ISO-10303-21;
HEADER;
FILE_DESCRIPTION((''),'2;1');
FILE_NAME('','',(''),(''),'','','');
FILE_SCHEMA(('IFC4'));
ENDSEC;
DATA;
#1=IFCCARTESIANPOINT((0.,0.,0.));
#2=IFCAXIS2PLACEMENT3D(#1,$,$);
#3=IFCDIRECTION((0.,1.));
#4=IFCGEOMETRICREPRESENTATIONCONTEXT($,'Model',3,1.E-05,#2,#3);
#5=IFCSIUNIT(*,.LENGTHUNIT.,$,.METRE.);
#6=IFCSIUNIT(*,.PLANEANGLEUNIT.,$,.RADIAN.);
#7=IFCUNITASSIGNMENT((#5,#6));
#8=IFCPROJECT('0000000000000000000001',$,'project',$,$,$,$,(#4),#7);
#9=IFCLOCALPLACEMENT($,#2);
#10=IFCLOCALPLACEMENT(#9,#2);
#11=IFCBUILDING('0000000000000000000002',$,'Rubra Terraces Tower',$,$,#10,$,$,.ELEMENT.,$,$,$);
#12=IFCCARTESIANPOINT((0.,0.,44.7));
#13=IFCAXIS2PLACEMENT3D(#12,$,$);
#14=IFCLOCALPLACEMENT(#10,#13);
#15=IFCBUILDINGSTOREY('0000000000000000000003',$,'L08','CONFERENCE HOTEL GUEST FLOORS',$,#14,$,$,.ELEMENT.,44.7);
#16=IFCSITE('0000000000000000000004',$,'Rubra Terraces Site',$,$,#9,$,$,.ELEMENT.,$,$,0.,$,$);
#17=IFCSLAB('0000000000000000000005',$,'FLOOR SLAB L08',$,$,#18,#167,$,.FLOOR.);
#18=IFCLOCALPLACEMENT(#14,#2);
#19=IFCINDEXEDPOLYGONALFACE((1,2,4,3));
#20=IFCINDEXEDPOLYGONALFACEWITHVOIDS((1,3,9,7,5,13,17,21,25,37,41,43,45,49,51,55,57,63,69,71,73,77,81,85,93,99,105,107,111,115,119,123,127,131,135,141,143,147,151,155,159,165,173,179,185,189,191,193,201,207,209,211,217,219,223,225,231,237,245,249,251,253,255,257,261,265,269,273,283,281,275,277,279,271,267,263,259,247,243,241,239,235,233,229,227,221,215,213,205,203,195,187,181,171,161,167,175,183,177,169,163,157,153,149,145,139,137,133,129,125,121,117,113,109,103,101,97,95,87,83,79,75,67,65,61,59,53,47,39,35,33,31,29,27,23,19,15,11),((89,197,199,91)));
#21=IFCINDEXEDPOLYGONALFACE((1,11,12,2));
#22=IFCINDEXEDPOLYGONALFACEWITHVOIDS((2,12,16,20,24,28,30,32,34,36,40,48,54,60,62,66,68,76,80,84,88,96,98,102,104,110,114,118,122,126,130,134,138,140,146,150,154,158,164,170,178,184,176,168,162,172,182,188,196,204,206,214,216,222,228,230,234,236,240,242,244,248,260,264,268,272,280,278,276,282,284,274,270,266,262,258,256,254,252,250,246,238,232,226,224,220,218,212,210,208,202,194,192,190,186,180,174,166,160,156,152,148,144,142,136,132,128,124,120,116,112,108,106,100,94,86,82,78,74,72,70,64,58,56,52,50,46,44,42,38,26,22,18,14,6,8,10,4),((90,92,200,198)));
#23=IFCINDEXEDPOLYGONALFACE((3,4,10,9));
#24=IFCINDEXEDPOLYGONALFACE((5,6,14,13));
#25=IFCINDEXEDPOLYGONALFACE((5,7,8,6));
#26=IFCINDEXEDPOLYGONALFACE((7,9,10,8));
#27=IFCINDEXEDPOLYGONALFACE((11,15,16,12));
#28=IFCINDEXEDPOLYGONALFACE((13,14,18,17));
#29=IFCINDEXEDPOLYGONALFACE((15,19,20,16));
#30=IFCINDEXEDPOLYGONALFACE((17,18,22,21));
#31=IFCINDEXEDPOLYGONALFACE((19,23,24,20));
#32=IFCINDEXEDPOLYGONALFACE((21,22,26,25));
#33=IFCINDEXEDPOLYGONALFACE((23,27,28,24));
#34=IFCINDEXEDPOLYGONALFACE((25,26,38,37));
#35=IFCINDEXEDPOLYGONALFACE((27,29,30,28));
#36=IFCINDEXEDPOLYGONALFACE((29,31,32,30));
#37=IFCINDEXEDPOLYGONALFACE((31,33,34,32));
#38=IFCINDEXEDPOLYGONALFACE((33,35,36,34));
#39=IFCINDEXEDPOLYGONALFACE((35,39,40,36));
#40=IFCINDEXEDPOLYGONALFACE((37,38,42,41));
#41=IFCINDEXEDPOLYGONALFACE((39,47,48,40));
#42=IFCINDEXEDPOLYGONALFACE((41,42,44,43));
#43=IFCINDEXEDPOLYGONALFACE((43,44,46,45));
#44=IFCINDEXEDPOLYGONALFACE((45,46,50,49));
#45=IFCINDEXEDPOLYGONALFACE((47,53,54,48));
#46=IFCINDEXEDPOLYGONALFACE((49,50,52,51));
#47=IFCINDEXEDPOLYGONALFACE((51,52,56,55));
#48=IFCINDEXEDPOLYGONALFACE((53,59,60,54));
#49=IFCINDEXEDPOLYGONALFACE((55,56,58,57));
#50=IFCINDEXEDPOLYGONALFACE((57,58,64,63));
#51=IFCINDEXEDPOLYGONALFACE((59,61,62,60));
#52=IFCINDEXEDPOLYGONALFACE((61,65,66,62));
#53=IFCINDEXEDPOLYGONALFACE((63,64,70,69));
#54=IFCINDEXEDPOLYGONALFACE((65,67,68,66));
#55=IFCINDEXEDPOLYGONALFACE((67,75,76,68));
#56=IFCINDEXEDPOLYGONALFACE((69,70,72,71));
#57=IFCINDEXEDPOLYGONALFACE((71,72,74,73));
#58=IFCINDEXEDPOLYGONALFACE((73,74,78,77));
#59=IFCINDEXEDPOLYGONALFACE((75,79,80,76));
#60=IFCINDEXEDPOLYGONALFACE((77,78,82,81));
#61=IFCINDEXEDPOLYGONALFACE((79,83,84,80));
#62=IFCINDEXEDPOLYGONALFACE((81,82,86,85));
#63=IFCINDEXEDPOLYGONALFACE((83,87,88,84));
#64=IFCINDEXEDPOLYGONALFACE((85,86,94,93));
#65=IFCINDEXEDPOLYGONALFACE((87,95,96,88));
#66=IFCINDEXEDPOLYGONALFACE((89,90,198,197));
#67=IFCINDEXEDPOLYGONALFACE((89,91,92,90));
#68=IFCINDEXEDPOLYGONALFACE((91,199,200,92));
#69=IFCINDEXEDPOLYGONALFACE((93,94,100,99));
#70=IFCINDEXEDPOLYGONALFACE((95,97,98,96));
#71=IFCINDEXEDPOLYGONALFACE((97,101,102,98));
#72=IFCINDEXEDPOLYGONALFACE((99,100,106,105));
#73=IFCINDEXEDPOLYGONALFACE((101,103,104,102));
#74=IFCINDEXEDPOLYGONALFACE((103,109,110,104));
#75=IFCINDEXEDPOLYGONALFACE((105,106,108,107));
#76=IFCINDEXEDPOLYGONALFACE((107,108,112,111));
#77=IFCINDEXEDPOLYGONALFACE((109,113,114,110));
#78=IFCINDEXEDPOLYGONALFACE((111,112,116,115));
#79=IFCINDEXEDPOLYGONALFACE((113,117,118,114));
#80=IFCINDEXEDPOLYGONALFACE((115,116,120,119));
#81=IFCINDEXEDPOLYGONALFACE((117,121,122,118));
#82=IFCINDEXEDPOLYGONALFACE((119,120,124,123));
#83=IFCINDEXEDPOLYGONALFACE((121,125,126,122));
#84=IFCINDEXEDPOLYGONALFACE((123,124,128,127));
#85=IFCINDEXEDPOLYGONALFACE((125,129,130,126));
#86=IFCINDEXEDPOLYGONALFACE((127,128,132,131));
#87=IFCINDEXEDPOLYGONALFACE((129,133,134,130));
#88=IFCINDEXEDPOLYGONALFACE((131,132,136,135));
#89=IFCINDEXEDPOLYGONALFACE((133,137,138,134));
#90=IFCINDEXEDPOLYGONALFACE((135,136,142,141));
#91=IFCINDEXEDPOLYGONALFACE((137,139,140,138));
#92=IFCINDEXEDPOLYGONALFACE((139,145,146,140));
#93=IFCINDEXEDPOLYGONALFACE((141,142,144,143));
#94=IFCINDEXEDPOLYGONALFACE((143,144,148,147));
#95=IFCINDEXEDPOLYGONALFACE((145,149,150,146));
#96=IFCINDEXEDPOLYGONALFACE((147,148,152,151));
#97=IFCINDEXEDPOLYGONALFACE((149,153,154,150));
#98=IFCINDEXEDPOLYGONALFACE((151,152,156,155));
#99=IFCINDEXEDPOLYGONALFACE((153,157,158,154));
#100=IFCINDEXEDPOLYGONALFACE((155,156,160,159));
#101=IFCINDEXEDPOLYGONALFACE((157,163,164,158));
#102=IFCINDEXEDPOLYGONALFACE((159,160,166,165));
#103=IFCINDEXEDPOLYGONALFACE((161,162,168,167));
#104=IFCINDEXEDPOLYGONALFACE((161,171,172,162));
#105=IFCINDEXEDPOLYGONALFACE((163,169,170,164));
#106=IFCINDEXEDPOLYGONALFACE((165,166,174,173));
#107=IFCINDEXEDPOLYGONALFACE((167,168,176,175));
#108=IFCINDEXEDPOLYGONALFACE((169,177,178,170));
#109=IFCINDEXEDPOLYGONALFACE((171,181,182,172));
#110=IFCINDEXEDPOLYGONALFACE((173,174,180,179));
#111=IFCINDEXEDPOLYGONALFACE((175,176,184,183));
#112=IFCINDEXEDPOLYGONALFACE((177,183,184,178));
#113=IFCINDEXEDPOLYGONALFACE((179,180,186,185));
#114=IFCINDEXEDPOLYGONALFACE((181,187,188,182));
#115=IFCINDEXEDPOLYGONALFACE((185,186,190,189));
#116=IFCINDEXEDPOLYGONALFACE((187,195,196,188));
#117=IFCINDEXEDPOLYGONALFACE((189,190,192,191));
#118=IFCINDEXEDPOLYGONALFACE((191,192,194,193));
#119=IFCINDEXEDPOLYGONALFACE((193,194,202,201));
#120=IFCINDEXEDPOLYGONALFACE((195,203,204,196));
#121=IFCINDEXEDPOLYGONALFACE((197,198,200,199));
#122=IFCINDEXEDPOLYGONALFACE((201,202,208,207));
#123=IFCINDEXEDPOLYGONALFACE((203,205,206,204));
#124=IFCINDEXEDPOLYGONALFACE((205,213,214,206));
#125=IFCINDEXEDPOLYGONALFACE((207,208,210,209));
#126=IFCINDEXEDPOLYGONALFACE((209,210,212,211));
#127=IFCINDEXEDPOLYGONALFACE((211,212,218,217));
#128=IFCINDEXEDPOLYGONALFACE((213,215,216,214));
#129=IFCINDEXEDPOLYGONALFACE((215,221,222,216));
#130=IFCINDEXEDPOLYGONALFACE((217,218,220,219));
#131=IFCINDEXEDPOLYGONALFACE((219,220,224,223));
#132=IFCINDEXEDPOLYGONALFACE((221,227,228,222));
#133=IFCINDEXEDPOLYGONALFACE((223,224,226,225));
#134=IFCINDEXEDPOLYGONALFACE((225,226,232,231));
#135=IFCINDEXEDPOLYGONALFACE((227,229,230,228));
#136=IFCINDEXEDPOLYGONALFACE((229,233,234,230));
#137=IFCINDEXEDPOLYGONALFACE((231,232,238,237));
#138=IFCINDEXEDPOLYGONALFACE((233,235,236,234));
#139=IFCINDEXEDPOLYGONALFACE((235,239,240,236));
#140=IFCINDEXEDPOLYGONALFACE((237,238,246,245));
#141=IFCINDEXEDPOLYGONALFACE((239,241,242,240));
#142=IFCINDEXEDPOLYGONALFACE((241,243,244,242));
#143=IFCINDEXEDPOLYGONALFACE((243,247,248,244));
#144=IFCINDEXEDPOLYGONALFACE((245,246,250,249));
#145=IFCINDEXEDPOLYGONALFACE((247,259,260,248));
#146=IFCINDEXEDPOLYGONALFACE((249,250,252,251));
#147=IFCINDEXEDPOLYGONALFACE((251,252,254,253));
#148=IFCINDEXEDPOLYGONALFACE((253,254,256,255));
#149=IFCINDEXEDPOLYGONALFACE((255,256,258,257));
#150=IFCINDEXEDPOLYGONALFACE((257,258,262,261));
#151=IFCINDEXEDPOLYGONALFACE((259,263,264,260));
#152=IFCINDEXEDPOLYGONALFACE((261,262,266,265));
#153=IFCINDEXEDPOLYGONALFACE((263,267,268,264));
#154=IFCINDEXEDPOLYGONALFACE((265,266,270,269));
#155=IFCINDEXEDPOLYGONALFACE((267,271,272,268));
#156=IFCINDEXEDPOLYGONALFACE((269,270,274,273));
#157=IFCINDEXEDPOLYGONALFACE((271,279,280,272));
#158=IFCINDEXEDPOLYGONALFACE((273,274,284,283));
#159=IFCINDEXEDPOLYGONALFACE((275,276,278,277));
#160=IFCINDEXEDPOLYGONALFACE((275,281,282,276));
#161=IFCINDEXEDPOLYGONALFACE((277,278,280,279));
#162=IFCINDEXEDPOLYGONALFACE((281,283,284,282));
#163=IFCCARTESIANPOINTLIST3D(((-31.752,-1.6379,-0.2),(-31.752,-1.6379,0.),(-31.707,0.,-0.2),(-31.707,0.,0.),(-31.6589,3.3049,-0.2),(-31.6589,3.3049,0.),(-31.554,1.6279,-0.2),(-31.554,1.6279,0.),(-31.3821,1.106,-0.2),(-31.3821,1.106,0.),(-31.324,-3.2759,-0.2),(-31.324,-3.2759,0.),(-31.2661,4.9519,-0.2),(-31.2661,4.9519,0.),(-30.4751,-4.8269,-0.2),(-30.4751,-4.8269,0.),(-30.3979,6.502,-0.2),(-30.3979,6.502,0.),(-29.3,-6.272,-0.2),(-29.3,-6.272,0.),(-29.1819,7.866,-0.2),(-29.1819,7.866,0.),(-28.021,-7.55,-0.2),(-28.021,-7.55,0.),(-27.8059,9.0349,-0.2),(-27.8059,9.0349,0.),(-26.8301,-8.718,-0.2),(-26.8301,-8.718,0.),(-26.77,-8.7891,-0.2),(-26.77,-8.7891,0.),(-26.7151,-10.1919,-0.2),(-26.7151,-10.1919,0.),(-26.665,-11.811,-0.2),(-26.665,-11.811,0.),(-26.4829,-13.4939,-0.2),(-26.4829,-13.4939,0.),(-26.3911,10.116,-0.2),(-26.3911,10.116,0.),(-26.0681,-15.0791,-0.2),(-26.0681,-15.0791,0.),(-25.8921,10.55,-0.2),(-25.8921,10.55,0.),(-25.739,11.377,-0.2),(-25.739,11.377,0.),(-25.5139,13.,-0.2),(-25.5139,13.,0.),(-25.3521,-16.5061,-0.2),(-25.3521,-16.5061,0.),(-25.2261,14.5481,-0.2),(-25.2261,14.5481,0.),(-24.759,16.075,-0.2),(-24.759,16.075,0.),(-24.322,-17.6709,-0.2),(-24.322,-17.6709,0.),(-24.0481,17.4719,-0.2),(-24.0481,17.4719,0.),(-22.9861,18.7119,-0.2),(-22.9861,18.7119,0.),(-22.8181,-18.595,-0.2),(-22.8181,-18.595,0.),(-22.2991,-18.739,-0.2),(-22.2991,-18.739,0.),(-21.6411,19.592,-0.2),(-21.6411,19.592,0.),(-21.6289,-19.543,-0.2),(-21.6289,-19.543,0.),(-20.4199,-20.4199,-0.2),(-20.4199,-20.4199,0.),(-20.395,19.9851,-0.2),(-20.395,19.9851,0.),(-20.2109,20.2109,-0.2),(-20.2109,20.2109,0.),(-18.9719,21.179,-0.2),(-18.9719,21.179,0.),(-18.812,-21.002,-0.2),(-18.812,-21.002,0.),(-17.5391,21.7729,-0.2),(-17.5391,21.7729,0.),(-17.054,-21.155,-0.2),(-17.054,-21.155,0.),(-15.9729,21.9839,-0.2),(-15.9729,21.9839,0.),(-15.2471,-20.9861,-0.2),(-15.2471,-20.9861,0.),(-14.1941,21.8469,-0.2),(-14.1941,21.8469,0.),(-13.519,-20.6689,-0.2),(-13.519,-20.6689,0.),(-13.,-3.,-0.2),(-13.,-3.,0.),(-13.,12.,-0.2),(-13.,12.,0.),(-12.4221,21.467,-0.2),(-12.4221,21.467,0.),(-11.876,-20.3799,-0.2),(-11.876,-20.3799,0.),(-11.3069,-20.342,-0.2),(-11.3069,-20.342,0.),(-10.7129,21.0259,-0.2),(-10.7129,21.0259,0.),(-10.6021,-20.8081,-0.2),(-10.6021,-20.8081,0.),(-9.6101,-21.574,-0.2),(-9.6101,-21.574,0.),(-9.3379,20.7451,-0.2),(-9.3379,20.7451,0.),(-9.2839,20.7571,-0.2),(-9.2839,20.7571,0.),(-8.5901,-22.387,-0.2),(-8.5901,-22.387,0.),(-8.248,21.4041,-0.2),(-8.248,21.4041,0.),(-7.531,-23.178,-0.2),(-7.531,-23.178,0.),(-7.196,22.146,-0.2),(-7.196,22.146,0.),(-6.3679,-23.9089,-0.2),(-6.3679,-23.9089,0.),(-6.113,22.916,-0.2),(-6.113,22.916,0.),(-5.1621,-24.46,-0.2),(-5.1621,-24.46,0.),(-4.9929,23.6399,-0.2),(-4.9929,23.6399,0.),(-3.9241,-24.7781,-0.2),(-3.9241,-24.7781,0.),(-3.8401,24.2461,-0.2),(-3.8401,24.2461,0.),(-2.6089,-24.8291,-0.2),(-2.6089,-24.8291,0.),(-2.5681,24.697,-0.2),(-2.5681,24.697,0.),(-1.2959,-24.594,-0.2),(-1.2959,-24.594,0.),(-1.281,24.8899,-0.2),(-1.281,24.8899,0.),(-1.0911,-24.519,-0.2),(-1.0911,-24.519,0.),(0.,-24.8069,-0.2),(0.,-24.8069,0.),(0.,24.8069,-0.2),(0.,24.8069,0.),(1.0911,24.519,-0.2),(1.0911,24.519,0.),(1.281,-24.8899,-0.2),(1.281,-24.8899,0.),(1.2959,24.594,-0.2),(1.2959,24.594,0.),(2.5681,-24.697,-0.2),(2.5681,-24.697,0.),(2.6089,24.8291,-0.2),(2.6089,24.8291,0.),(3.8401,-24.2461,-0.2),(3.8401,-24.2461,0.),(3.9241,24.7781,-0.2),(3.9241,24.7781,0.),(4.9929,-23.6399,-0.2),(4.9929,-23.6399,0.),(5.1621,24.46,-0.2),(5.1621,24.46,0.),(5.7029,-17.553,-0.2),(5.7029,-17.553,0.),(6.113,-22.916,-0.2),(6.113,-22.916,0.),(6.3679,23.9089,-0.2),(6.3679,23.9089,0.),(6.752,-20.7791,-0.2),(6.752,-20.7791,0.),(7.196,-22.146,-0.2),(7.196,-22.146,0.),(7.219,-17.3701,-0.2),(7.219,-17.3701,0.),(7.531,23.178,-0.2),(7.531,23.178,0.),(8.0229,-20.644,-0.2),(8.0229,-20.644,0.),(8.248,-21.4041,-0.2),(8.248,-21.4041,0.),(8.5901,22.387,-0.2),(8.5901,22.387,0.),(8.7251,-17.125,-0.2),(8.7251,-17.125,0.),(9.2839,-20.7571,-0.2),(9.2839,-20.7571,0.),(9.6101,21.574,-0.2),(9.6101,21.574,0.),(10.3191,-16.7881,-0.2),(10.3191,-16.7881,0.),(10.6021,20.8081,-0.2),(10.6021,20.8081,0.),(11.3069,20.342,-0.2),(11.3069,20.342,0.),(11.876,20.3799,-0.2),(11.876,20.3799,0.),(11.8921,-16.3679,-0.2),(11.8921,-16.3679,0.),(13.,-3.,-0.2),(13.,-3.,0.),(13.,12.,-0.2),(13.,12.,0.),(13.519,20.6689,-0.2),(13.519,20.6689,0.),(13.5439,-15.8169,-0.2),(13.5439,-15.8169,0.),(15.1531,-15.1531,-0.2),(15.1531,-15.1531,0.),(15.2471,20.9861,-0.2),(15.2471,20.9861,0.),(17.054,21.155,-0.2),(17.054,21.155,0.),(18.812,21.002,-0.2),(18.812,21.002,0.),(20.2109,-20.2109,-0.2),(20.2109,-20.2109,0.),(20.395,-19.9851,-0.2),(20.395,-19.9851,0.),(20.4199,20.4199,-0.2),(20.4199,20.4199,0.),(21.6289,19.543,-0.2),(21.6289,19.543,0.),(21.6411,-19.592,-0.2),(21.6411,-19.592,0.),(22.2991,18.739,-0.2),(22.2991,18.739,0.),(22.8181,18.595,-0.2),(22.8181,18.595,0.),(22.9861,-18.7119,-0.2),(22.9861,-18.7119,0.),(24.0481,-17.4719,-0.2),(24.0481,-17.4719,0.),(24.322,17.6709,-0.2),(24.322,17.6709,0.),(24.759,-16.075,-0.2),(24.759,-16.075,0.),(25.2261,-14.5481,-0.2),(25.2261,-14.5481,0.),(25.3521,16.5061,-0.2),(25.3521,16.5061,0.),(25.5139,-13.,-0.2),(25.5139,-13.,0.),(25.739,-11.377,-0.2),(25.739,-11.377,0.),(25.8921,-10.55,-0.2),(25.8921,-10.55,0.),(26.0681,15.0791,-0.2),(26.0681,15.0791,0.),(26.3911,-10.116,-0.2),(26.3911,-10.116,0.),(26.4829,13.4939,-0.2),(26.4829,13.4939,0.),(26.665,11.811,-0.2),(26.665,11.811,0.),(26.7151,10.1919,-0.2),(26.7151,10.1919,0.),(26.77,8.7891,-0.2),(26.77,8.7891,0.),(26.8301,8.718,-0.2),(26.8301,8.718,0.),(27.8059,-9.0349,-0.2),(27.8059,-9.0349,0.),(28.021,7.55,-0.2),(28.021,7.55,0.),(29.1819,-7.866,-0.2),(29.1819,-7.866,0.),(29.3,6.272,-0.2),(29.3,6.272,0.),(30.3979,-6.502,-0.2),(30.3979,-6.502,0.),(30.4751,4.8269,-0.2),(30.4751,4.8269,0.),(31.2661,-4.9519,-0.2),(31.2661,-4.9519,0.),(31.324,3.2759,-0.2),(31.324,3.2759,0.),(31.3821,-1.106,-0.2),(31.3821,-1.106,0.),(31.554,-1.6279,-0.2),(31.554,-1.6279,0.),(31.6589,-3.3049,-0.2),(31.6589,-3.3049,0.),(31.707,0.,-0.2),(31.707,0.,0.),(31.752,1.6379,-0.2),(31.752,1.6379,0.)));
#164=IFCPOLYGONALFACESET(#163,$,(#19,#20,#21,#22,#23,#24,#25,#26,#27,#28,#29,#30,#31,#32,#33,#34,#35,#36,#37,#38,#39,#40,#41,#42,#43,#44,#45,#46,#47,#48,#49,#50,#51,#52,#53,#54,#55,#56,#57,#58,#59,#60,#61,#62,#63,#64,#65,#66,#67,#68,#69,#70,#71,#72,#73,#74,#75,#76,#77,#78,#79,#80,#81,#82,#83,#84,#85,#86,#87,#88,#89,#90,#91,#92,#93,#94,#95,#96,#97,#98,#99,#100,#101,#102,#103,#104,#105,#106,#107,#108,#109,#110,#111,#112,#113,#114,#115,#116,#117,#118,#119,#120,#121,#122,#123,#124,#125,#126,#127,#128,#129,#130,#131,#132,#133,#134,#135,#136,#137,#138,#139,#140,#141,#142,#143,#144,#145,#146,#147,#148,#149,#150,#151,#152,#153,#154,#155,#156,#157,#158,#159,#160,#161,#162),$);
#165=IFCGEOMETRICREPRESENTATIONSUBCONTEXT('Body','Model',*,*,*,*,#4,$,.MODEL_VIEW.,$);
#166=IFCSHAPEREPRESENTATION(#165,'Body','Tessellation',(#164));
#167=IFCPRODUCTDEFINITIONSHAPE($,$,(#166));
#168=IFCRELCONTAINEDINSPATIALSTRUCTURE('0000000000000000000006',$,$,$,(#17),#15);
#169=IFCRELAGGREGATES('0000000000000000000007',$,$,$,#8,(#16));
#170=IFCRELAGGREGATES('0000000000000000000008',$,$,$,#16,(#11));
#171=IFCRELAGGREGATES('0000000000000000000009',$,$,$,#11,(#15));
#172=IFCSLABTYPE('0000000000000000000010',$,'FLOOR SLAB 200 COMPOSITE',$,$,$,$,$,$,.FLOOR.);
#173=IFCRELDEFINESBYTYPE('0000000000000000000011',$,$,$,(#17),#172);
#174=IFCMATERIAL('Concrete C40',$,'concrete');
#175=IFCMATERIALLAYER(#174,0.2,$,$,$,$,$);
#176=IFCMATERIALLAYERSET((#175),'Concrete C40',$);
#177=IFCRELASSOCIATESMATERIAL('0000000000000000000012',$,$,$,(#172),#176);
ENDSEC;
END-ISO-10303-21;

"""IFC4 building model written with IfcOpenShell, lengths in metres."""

from ifc_helpers import new_model, si_unit, direction, frame, origin, place, context, subcontext, project, spatial, polyline, outline, extrude, material, layer, layer_set, type_object, element, save


model = new_model("IFC4")

# Units and contexts
model_context = context("Model", 3, precision=1e-05, world=origin(), true_north=direction((0.0, 1.0)))
body_context = subcontext(model_context, "Body", "Model", "MODEL_VIEW")
ifc_project = project(units=[si_unit("LENGTHUNIT", "METRE"), si_unit("PLANEANGLEUNIT", "RADIAN")], contexts=[model_context])

# Site, building, storey
site_placement = place(None, origin())
site = spatial("IfcSite", under=ifc_project, at=site_placement, Name="Rubra Terraces Site", CompositionType="ELEMENT", RefElevation=0.0)
building_placement = place(site_placement, origin())
building = spatial("IfcBuilding", under=site, at=building_placement, Name="Rubra Terraces Tower", CompositionType="ELEMENT")
storey_placement = place(building_placement, frame((0.0, 0.0, 44.7)))
storey = spatial("IfcBuildingStorey", under=building, at=storey_placement, Name="L08", Description="CONFERENCE HOTEL GUEST FLOORS", CompositionType="ELEMENT", Elevation=44.7)

# Slab
ifc_material_1 = material(Name="Concrete C40", Category="concrete")
ifc_layer_1 = layer(ifc_material_1, 0.2)
ifc_layer_set_1 = layer_set([ifc_layer_1], Name="Concrete C40")
slab_type_1 = type_object("IfcSlabType", Name="FLOOR SLAB 200 COMPOSITE", PredefinedType="FLOOR", material=ifc_layer_set_1)
slab_1_placement = place(storey_placement, frame((0.0, 0.0, -0.2)))
element("IfcSlab", 1, at=slab_1_placement, inside=storey, type_object=slab_type_1, Name="FLOOR SLAB L08", PredefinedType="FLOOR", context=body_context, shape_type="SweptSolid", body=[
    extrude(outline(polyline([(6.113, -22.916), (7.196, -22.146), (8.248, -21.4041), (9.2839, -20.7571), (8.0229, -20.644), (6.752, -20.7791), (5.7029, -17.553), (7.219, -17.3701), (8.7251, -17.125), (10.3191, -16.7881), (11.8921, -16.3679), (13.5439, -15.8169), (15.1531, -15.1531), (20.2109, -20.2109), (20.395, -19.9851), (21.6411, -19.592), (22.9861, -18.7119), (24.0481, -17.4719), (24.759, -16.075), (25.2261, -14.5481), (25.5139, -13.0), (25.739, -11.377), (25.8921, -10.55), (26.3911, -10.116), (27.8059, -9.0349), (29.1819, -7.866), (30.3979, -6.502), (31.2661, -4.9519), (31.6589, -3.3049), (31.554, -1.6279), (31.3821, -1.106), (31.707, 0.0), (31.752, 1.6379), (31.324, 3.2759), (30.4751, 4.8269), (29.3, 6.272), (28.021, 7.55), (26.8301, 8.718), (26.77, 8.7891), (26.7151, 10.1919), (26.665, 11.811), (26.4829, 13.4939), (26.0681, 15.0791), (25.3521, 16.5061), (24.322, 17.6709), (22.8181, 18.595), (22.2991, 18.739), (21.6289, 19.543), (20.4199, 20.4199), (18.812, 21.002), (17.054, 21.155), (15.2471, 20.9861), (13.519, 20.6689), (11.876, 20.3799), (11.3069, 20.342), (10.6021, 20.8081), (9.6101, 21.574), (8.5901, 22.387), (7.531, 23.178), (6.3679, 23.9089), (5.1621, 24.46), (3.9241, 24.7781), (2.6089, 24.8291), (1.2959, 24.594), (1.0911, 24.519), (0.0, 24.8069), (-1.281, 24.8899), (-2.5681, 24.697), (-3.8401, 24.2461), (-4.9929, 23.6399), (-6.113, 22.916), (-7.196, 22.146), (-8.248, 21.4041), (-9.2839, 20.7571), (-9.3379, 20.7451), (-10.7129, 21.0259), (-12.4221, 21.467), (-14.1941, 21.8469), (-15.9729, 21.9839), (-17.5391, 21.7729), (-18.9719, 21.179), (-20.2109, 20.2109), (-20.395, 19.9851), (-21.6411, 19.592), (-22.9861, 18.7119), (-24.0481, 17.4719), (-24.759, 16.075), (-25.2261, 14.5481), (-25.5139, 13.0), (-25.739, 11.377), (-25.8921, 10.55), (-26.3911, 10.116), (-27.8059, 9.0349), (-29.1819, 7.866), (-30.3979, 6.502), (-31.2661, 4.9519), (-31.6589, 3.3049), (-31.554, 1.6279), (-31.3821, 1.106), (-31.707, 0.0), (-31.752, -1.6379), (-31.324, -3.2759), (-30.4751, -4.8269), (-29.3, -6.272), (-28.021, -7.55), (-26.8301, -8.718), (-26.77, -8.7891), (-26.7151, -10.1919), (-26.665, -11.811), (-26.4829, -13.4939), (-26.0681, -15.0791), (-25.3521, -16.5061), (-24.322, -17.6709), (-22.8181, -18.595), (-22.2991, -18.739), (-21.6289, -19.543), (-20.4199, -20.4199), (-18.812, -21.002), (-17.054, -21.155), (-15.2471, -20.9861), (-13.519, -20.6689), (-11.876, -20.3799), (-11.3069, -20.342), (-10.6021, -20.8081), (-9.6101, -21.574), (-8.5901, -22.387), (-7.531, -23.178), (-6.3679, -23.9089), (-5.1621, -24.46), (-3.9241, -24.7781), (-2.6089, -24.8291), (-1.2959, -24.594), (-1.0911, -24.519), (0.0, -24.8069), (1.281, -24.8899), (2.5681, -24.697), (3.8401, -24.2461), (4.9929, -23.6399), (6.113, -22.916)]), holes=[polyline([(13.0, 12.0), (13.0, -3.0), (-13.0, -3.0), (-13.0, 12.0), (13.0, 12.0)])]), origin(), (0.0, 0.0, 1.0), 0.2),
])

save(model, "model.ifc")
